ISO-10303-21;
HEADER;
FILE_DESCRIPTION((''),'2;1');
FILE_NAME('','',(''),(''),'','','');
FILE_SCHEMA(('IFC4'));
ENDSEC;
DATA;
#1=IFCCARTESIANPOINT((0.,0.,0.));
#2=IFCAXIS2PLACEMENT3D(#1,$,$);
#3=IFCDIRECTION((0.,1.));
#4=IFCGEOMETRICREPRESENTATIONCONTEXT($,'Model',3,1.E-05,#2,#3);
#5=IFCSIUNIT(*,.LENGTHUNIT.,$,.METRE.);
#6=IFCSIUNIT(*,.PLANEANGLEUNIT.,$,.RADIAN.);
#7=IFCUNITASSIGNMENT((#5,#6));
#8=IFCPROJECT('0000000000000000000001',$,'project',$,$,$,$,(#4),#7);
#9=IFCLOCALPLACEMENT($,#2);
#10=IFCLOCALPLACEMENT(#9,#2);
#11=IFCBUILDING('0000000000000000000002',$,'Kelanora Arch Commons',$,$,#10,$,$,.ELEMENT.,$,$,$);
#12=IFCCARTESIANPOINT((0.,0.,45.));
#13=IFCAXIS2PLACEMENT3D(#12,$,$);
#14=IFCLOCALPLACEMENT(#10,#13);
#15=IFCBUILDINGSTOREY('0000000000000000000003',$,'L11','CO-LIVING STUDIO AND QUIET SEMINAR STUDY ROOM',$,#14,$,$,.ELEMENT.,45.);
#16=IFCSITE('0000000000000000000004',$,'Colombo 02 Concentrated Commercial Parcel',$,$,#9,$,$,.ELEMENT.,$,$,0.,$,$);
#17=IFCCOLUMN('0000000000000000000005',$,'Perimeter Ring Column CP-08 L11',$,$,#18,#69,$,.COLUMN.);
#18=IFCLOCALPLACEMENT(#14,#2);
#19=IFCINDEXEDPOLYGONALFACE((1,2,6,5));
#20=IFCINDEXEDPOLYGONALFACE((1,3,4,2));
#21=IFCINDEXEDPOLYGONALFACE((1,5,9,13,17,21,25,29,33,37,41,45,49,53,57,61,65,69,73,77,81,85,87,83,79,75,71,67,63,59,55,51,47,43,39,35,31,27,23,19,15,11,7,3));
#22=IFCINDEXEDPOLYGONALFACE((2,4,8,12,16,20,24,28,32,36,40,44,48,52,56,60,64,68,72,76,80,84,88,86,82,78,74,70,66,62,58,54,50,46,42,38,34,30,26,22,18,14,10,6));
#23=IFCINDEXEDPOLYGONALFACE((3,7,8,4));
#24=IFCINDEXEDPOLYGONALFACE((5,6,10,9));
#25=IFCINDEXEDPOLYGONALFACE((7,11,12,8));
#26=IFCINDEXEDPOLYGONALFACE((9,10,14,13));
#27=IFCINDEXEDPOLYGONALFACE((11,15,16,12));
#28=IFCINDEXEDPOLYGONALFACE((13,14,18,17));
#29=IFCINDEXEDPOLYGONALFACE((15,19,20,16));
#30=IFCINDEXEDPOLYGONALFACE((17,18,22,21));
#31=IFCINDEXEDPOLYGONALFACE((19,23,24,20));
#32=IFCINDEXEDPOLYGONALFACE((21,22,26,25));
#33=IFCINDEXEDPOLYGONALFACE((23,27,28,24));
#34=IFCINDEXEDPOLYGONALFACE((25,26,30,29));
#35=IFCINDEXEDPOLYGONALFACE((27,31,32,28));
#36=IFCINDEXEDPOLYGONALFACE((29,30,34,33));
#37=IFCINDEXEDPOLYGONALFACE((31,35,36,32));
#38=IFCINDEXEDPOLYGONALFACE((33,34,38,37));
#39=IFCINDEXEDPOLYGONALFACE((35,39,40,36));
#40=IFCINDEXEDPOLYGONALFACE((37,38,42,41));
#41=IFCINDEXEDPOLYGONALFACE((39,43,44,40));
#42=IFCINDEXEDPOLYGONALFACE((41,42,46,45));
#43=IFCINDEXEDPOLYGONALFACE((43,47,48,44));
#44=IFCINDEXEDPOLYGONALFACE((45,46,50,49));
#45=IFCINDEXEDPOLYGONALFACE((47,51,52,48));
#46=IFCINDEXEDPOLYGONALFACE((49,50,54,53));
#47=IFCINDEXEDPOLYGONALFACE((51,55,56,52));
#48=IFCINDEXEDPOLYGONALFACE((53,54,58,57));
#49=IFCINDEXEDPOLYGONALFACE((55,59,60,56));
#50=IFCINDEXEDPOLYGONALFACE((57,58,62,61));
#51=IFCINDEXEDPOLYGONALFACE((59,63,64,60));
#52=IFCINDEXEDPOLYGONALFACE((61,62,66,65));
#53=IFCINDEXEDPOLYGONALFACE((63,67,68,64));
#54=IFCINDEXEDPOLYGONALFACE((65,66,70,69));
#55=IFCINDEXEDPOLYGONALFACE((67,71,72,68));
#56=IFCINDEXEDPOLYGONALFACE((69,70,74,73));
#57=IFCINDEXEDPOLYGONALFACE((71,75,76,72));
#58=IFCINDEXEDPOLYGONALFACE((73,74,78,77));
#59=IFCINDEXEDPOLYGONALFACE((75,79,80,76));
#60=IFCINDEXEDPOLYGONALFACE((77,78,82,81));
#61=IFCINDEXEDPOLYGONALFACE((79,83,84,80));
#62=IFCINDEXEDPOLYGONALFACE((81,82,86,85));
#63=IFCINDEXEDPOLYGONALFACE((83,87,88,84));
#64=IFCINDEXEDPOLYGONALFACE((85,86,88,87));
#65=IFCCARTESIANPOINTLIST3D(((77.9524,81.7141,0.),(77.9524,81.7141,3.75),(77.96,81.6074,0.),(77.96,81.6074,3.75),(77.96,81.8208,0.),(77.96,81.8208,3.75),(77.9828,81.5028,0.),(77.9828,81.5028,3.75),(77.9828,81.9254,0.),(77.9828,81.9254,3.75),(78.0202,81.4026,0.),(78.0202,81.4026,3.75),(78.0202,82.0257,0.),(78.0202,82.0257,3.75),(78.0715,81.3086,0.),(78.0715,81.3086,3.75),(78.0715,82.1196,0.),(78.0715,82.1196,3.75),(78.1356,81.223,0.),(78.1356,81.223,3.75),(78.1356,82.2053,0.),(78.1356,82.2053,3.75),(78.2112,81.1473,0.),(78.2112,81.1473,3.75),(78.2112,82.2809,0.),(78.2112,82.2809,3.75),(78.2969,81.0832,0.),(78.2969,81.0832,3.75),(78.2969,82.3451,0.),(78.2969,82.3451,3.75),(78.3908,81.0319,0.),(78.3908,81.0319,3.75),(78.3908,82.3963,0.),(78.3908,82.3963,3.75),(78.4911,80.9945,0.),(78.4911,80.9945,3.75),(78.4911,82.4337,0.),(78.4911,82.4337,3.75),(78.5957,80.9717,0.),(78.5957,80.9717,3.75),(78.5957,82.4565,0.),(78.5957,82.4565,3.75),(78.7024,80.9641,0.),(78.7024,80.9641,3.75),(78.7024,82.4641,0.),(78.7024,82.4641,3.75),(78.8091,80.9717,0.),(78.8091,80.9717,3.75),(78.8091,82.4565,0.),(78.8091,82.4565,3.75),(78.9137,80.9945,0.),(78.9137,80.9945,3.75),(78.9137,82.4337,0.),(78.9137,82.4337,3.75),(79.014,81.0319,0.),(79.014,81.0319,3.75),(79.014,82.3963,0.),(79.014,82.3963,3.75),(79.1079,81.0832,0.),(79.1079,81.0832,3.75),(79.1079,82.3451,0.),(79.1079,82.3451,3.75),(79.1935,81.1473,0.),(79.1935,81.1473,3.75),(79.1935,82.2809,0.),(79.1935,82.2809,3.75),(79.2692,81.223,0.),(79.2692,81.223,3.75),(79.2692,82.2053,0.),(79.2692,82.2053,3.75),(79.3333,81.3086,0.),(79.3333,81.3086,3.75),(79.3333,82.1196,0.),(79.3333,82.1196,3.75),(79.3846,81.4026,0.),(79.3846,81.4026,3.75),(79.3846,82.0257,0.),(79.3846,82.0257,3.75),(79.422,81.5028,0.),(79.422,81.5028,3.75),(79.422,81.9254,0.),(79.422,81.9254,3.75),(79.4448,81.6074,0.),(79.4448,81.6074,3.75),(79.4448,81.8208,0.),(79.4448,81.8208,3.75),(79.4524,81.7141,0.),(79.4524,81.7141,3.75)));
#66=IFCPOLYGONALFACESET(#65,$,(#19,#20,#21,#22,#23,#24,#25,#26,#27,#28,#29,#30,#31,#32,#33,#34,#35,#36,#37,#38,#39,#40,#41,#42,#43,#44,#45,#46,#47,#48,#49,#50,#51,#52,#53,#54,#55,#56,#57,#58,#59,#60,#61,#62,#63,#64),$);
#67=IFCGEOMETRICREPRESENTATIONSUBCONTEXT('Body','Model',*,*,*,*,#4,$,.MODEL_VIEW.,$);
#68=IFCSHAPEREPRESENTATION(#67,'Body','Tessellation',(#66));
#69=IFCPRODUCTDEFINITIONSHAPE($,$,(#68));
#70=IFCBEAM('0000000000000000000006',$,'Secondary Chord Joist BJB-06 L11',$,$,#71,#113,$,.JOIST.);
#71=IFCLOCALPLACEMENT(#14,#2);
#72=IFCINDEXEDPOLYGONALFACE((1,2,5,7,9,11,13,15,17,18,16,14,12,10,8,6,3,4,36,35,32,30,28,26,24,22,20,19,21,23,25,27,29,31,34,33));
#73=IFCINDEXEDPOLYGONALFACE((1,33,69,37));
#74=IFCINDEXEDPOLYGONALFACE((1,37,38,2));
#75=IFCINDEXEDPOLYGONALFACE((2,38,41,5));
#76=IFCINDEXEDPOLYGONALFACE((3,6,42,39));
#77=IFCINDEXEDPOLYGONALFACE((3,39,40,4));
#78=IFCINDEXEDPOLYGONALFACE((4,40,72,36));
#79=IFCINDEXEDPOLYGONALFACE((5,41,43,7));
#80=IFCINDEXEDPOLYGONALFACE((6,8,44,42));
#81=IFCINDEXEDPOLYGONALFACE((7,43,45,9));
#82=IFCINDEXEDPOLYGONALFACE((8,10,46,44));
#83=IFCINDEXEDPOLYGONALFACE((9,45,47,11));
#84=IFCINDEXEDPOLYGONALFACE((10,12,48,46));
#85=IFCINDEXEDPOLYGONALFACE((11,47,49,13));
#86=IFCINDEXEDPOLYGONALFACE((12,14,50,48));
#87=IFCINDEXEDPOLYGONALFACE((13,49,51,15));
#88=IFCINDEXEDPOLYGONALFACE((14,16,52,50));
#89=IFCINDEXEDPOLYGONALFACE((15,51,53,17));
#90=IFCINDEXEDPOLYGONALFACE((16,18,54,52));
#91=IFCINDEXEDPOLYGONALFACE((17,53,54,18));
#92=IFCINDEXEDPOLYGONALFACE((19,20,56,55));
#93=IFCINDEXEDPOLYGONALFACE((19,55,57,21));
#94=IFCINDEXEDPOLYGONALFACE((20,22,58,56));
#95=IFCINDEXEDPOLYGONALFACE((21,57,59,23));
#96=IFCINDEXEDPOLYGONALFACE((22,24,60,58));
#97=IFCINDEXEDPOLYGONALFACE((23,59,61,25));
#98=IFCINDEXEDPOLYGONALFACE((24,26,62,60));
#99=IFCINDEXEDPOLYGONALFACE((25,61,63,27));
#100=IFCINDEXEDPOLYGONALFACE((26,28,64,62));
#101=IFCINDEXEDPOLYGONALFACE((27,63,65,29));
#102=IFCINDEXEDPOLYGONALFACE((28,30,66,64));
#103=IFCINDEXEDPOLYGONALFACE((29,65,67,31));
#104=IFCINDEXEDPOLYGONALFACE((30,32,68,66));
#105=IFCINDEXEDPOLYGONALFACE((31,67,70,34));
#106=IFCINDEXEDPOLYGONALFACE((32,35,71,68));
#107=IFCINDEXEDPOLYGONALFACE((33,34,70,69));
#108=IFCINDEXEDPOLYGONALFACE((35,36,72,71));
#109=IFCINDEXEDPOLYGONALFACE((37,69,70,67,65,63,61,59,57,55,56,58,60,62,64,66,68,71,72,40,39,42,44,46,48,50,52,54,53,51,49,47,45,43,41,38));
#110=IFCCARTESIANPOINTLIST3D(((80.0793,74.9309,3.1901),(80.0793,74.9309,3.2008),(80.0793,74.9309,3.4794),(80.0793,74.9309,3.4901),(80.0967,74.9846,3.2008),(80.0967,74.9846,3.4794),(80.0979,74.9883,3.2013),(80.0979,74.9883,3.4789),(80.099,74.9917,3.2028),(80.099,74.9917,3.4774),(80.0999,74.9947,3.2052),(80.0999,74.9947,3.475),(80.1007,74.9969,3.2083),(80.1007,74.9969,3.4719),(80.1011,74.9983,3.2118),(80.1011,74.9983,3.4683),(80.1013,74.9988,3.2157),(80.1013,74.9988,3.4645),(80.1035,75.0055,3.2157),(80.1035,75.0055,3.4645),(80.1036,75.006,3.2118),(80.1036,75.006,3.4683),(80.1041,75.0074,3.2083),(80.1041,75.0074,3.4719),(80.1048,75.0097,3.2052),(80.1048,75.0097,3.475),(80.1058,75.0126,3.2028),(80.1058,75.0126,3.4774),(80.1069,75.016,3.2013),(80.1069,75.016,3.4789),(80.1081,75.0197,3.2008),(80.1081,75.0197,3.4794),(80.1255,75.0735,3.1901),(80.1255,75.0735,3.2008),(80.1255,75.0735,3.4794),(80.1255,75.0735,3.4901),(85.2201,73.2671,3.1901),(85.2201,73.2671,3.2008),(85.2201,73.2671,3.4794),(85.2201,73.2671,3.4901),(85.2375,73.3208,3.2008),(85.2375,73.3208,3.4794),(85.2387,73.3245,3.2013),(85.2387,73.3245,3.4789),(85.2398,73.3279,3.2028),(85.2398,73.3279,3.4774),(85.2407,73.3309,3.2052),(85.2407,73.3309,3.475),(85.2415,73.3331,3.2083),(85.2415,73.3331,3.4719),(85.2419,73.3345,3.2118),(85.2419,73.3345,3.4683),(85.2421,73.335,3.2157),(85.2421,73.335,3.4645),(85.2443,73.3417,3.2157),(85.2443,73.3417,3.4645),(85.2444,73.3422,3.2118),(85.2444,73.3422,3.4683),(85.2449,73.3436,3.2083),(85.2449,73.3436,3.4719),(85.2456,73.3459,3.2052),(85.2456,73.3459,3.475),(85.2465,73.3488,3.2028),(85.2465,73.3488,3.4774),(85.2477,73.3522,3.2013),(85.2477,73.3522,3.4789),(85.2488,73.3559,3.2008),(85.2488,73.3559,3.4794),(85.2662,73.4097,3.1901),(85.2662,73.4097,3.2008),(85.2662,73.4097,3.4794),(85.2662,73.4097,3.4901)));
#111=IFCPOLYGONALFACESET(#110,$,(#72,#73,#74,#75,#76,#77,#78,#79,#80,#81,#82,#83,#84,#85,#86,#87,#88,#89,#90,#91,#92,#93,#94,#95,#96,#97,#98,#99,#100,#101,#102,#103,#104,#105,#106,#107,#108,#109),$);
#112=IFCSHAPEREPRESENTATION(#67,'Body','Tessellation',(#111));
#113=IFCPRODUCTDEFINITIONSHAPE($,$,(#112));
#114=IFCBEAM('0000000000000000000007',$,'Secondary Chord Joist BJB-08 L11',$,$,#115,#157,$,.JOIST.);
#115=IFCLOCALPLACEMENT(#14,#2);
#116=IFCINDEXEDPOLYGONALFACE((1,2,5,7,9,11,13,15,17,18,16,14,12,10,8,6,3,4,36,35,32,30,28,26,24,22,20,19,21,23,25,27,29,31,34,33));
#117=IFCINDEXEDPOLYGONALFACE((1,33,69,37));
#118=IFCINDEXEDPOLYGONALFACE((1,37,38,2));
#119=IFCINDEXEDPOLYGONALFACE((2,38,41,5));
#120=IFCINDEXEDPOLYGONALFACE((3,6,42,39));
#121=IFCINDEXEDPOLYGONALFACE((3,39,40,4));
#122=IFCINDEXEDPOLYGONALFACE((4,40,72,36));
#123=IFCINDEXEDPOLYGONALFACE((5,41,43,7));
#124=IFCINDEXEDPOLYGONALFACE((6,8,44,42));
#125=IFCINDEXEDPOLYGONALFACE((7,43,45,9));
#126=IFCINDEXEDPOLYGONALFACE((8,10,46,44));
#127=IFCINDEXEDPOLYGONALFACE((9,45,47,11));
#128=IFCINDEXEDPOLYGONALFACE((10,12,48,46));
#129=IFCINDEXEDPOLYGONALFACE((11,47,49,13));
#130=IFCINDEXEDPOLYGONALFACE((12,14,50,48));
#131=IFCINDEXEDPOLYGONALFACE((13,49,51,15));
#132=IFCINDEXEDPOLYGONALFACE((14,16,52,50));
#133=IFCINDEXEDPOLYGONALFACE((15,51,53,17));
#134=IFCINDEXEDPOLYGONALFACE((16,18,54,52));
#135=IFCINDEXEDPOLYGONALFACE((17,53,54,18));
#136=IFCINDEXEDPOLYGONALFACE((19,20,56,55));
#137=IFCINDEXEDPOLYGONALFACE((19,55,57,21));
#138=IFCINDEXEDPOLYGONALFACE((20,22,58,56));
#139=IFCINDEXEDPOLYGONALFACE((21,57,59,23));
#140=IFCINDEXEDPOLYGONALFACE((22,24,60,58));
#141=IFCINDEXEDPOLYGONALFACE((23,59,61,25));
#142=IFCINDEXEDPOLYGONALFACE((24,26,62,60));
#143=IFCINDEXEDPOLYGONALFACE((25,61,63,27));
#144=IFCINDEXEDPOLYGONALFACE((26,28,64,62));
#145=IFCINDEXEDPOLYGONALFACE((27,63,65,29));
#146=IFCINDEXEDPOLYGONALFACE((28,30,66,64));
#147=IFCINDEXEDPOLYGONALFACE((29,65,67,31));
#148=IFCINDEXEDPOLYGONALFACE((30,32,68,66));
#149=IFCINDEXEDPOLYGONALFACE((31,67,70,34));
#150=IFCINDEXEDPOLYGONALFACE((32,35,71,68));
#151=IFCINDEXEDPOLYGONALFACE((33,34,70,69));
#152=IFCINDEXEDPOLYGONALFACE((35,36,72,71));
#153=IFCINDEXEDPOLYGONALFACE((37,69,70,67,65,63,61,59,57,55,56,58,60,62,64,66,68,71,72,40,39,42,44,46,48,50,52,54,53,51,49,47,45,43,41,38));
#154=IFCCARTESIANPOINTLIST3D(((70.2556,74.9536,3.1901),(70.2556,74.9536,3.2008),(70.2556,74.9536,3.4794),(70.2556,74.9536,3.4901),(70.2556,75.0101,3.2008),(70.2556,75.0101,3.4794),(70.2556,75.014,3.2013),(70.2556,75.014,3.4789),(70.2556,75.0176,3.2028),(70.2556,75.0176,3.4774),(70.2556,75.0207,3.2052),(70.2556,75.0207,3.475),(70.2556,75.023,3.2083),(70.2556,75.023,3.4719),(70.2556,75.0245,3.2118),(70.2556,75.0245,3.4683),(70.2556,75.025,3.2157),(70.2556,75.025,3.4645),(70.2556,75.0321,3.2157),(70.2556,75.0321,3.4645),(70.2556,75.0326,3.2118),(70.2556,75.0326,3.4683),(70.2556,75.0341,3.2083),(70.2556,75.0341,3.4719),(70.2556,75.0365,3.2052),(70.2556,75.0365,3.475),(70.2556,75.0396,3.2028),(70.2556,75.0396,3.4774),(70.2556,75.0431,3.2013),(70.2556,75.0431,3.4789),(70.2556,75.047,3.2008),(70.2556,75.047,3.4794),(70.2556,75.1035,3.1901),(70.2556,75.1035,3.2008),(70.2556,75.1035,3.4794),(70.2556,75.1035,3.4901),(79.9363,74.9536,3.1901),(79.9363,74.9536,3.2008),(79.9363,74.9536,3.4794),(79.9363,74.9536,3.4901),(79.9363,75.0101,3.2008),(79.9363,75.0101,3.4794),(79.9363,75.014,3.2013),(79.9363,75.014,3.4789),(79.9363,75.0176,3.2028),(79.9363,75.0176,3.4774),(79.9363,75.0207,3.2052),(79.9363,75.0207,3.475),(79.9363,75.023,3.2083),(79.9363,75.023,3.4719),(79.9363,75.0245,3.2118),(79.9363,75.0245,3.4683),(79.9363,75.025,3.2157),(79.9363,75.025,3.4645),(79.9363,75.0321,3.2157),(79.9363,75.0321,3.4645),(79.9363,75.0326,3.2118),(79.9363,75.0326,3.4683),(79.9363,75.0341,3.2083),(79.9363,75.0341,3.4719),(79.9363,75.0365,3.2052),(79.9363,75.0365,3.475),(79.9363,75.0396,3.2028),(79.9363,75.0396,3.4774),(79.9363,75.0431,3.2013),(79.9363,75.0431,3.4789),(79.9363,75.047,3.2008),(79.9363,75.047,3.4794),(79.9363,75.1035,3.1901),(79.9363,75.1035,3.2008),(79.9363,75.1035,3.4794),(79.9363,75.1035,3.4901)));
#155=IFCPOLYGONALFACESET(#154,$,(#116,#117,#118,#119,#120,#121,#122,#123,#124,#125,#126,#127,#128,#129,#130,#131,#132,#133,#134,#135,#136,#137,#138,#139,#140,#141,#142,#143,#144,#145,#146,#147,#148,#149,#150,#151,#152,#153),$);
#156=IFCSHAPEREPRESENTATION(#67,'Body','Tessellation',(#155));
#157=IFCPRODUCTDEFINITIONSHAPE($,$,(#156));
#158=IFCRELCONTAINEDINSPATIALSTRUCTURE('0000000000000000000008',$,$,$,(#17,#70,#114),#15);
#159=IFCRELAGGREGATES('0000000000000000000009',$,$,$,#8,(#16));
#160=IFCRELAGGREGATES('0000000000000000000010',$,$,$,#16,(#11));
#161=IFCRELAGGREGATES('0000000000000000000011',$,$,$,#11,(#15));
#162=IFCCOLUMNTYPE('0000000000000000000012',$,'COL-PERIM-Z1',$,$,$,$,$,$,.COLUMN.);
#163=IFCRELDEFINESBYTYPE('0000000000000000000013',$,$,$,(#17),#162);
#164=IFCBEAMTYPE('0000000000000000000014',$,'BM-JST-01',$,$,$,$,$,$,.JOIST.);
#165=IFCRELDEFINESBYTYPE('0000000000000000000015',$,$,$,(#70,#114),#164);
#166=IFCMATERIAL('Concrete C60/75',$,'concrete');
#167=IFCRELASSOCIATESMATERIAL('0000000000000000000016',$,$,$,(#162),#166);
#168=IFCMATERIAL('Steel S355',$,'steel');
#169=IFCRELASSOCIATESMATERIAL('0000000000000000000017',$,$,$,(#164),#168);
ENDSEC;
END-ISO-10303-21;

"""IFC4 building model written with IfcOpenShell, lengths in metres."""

from ifc_helpers import new_model, si_unit, direction, frame, origin, origin_2d, place, context, subcontext, project, spatial, circle, i_section, extrude, material, material_profile, profile_set, type_object, element, save


model = new_model("IFC4")

# Units and contexts
model_context = context("Model", 3, precision=1e-05, world=origin(), true_north=direction((0.0, 1.0)))
body_context = subcontext(model_context, "Body", "Model", "MODEL_VIEW")
ifc_project = project(units=[si_unit("LENGTHUNIT", "METRE"), si_unit("PLANEANGLEUNIT", "RADIAN")], contexts=[model_context])

# Site, building, storey
site_placement = place(None, origin())
site = spatial("IfcSite", under=ifc_project, at=site_placement, Name="Colombo 02 Concentrated Commercial Parcel", CompositionType="ELEMENT", RefElevation=0.0)
building_placement = place(site_placement, origin())
building = spatial("IfcBuilding", under=site, at=building_placement, Name="Kelanora Arch Commons", CompositionType="ELEMENT")
storey_placement = place(building_placement, frame((0.0, 0.0, 45.0)))
storey = spatial("IfcBuildingStorey", under=building, at=storey_placement, Name="L11", Description="CO-LIVING STUDIO AND QUIET SEMINAR STUDY ROOM", CompositionType="ELEMENT", Elevation=45.0)

# Column
ifc_material_1 = material(Name="Concrete C60/75", Category="concrete")
ifc_material_profile_1 = material_profile(ifc_material_1, circle(Radius=0.75, at=origin_2d()), Name="RCC1500")
ifc_profile_set_1 = profile_set([ifc_material_profile_1], Name="Concrete C60/75")
column_type = type_object("IfcColumnType", Name="COL-PERIM-Z1", PredefinedType="COLUMN", material=ifc_profile_set_1)
column_placement = place(storey_placement, frame((78.7024, 81.7141, 0.0), z_axis=(0.0, 0.0, 1.0), x_axis=(1.0, 0.0, 0.0)))
element("IfcColumn", 1, at=column_placement, inside=storey, type_object=column_type, Name="Perimeter Ring Column CP-08 L11", PredefinedType="COLUMN", context=body_context, shape_type="SweptSolid", body=[
    extrude(circle(Radius=0.75, at=origin_2d()), origin(), (0.0, 0.0, 1.0), 3.75),
])

# Beams
ifc_material_2 = material(Name="Steel S355", Category="steel")
ifc_material_profile_2 = material_profile(ifc_material_2, i_section(OverallWidth=0.1499, OverallDepth=0.3, WebThickness=0.0071, FlangeThickness=0.0107, FilletRadius=0.0149, at=origin_2d()), Name="IPE300")
ifc_profile_set_2 = profile_set([ifc_material_profile_2], Name="Steel S355")
beam_type_1 = type_object("IfcBeamType", Name="BM-JST-01", PredefinedType="JOIST", material=ifc_profile_set_2)
beam_1_placement = place(storey_placement, frame((85.2432, 73.3384, 3.3401), z_axis=(-0.951412, 0.30792, 0.0), x_axis=(-0.30792, -0.951412, 0.0)))
element("IfcBeam", 2, at=beam_1_placement, inside=storey, type_object=beam_type_1, Name="Secondary Chord Joist BJB-06 L11", PredefinedType="JOIST", context=body_context, shape_type="SweptSolid", body=[
    extrude(i_section(OverallWidth=0.1499, OverallDepth=0.3, WebThickness=0.0071, FlangeThickness=0.0107, FilletRadius=0.0149, at=origin_2d()), origin(), (0.0, 0.0, 1.0), 5.4033),
])
beam_2_placement = place(storey_placement, frame((79.9363, 75.0286, 3.3401), z_axis=(-1.0, 0.0, 0.0), x_axis=(0.0, -1.0, 0.0)))
element("IfcBeam", 3, at=beam_2_placement, inside=storey, type_object=beam_type_1, Name="Secondary Chord Joist BJB-08 L11", PredefinedType="JOIST", context=body_context, shape_type="SweptSolid", body=[
    extrude(i_section(OverallWidth=0.1499, OverallDepth=0.3, WebThickness=0.0071, FlangeThickness=0.0107, FilletRadius=0.0149, at=origin_2d()), origin(), (0.0, 0.0, 1.0), 9.6807),
])

save(model, "model.ifc")
